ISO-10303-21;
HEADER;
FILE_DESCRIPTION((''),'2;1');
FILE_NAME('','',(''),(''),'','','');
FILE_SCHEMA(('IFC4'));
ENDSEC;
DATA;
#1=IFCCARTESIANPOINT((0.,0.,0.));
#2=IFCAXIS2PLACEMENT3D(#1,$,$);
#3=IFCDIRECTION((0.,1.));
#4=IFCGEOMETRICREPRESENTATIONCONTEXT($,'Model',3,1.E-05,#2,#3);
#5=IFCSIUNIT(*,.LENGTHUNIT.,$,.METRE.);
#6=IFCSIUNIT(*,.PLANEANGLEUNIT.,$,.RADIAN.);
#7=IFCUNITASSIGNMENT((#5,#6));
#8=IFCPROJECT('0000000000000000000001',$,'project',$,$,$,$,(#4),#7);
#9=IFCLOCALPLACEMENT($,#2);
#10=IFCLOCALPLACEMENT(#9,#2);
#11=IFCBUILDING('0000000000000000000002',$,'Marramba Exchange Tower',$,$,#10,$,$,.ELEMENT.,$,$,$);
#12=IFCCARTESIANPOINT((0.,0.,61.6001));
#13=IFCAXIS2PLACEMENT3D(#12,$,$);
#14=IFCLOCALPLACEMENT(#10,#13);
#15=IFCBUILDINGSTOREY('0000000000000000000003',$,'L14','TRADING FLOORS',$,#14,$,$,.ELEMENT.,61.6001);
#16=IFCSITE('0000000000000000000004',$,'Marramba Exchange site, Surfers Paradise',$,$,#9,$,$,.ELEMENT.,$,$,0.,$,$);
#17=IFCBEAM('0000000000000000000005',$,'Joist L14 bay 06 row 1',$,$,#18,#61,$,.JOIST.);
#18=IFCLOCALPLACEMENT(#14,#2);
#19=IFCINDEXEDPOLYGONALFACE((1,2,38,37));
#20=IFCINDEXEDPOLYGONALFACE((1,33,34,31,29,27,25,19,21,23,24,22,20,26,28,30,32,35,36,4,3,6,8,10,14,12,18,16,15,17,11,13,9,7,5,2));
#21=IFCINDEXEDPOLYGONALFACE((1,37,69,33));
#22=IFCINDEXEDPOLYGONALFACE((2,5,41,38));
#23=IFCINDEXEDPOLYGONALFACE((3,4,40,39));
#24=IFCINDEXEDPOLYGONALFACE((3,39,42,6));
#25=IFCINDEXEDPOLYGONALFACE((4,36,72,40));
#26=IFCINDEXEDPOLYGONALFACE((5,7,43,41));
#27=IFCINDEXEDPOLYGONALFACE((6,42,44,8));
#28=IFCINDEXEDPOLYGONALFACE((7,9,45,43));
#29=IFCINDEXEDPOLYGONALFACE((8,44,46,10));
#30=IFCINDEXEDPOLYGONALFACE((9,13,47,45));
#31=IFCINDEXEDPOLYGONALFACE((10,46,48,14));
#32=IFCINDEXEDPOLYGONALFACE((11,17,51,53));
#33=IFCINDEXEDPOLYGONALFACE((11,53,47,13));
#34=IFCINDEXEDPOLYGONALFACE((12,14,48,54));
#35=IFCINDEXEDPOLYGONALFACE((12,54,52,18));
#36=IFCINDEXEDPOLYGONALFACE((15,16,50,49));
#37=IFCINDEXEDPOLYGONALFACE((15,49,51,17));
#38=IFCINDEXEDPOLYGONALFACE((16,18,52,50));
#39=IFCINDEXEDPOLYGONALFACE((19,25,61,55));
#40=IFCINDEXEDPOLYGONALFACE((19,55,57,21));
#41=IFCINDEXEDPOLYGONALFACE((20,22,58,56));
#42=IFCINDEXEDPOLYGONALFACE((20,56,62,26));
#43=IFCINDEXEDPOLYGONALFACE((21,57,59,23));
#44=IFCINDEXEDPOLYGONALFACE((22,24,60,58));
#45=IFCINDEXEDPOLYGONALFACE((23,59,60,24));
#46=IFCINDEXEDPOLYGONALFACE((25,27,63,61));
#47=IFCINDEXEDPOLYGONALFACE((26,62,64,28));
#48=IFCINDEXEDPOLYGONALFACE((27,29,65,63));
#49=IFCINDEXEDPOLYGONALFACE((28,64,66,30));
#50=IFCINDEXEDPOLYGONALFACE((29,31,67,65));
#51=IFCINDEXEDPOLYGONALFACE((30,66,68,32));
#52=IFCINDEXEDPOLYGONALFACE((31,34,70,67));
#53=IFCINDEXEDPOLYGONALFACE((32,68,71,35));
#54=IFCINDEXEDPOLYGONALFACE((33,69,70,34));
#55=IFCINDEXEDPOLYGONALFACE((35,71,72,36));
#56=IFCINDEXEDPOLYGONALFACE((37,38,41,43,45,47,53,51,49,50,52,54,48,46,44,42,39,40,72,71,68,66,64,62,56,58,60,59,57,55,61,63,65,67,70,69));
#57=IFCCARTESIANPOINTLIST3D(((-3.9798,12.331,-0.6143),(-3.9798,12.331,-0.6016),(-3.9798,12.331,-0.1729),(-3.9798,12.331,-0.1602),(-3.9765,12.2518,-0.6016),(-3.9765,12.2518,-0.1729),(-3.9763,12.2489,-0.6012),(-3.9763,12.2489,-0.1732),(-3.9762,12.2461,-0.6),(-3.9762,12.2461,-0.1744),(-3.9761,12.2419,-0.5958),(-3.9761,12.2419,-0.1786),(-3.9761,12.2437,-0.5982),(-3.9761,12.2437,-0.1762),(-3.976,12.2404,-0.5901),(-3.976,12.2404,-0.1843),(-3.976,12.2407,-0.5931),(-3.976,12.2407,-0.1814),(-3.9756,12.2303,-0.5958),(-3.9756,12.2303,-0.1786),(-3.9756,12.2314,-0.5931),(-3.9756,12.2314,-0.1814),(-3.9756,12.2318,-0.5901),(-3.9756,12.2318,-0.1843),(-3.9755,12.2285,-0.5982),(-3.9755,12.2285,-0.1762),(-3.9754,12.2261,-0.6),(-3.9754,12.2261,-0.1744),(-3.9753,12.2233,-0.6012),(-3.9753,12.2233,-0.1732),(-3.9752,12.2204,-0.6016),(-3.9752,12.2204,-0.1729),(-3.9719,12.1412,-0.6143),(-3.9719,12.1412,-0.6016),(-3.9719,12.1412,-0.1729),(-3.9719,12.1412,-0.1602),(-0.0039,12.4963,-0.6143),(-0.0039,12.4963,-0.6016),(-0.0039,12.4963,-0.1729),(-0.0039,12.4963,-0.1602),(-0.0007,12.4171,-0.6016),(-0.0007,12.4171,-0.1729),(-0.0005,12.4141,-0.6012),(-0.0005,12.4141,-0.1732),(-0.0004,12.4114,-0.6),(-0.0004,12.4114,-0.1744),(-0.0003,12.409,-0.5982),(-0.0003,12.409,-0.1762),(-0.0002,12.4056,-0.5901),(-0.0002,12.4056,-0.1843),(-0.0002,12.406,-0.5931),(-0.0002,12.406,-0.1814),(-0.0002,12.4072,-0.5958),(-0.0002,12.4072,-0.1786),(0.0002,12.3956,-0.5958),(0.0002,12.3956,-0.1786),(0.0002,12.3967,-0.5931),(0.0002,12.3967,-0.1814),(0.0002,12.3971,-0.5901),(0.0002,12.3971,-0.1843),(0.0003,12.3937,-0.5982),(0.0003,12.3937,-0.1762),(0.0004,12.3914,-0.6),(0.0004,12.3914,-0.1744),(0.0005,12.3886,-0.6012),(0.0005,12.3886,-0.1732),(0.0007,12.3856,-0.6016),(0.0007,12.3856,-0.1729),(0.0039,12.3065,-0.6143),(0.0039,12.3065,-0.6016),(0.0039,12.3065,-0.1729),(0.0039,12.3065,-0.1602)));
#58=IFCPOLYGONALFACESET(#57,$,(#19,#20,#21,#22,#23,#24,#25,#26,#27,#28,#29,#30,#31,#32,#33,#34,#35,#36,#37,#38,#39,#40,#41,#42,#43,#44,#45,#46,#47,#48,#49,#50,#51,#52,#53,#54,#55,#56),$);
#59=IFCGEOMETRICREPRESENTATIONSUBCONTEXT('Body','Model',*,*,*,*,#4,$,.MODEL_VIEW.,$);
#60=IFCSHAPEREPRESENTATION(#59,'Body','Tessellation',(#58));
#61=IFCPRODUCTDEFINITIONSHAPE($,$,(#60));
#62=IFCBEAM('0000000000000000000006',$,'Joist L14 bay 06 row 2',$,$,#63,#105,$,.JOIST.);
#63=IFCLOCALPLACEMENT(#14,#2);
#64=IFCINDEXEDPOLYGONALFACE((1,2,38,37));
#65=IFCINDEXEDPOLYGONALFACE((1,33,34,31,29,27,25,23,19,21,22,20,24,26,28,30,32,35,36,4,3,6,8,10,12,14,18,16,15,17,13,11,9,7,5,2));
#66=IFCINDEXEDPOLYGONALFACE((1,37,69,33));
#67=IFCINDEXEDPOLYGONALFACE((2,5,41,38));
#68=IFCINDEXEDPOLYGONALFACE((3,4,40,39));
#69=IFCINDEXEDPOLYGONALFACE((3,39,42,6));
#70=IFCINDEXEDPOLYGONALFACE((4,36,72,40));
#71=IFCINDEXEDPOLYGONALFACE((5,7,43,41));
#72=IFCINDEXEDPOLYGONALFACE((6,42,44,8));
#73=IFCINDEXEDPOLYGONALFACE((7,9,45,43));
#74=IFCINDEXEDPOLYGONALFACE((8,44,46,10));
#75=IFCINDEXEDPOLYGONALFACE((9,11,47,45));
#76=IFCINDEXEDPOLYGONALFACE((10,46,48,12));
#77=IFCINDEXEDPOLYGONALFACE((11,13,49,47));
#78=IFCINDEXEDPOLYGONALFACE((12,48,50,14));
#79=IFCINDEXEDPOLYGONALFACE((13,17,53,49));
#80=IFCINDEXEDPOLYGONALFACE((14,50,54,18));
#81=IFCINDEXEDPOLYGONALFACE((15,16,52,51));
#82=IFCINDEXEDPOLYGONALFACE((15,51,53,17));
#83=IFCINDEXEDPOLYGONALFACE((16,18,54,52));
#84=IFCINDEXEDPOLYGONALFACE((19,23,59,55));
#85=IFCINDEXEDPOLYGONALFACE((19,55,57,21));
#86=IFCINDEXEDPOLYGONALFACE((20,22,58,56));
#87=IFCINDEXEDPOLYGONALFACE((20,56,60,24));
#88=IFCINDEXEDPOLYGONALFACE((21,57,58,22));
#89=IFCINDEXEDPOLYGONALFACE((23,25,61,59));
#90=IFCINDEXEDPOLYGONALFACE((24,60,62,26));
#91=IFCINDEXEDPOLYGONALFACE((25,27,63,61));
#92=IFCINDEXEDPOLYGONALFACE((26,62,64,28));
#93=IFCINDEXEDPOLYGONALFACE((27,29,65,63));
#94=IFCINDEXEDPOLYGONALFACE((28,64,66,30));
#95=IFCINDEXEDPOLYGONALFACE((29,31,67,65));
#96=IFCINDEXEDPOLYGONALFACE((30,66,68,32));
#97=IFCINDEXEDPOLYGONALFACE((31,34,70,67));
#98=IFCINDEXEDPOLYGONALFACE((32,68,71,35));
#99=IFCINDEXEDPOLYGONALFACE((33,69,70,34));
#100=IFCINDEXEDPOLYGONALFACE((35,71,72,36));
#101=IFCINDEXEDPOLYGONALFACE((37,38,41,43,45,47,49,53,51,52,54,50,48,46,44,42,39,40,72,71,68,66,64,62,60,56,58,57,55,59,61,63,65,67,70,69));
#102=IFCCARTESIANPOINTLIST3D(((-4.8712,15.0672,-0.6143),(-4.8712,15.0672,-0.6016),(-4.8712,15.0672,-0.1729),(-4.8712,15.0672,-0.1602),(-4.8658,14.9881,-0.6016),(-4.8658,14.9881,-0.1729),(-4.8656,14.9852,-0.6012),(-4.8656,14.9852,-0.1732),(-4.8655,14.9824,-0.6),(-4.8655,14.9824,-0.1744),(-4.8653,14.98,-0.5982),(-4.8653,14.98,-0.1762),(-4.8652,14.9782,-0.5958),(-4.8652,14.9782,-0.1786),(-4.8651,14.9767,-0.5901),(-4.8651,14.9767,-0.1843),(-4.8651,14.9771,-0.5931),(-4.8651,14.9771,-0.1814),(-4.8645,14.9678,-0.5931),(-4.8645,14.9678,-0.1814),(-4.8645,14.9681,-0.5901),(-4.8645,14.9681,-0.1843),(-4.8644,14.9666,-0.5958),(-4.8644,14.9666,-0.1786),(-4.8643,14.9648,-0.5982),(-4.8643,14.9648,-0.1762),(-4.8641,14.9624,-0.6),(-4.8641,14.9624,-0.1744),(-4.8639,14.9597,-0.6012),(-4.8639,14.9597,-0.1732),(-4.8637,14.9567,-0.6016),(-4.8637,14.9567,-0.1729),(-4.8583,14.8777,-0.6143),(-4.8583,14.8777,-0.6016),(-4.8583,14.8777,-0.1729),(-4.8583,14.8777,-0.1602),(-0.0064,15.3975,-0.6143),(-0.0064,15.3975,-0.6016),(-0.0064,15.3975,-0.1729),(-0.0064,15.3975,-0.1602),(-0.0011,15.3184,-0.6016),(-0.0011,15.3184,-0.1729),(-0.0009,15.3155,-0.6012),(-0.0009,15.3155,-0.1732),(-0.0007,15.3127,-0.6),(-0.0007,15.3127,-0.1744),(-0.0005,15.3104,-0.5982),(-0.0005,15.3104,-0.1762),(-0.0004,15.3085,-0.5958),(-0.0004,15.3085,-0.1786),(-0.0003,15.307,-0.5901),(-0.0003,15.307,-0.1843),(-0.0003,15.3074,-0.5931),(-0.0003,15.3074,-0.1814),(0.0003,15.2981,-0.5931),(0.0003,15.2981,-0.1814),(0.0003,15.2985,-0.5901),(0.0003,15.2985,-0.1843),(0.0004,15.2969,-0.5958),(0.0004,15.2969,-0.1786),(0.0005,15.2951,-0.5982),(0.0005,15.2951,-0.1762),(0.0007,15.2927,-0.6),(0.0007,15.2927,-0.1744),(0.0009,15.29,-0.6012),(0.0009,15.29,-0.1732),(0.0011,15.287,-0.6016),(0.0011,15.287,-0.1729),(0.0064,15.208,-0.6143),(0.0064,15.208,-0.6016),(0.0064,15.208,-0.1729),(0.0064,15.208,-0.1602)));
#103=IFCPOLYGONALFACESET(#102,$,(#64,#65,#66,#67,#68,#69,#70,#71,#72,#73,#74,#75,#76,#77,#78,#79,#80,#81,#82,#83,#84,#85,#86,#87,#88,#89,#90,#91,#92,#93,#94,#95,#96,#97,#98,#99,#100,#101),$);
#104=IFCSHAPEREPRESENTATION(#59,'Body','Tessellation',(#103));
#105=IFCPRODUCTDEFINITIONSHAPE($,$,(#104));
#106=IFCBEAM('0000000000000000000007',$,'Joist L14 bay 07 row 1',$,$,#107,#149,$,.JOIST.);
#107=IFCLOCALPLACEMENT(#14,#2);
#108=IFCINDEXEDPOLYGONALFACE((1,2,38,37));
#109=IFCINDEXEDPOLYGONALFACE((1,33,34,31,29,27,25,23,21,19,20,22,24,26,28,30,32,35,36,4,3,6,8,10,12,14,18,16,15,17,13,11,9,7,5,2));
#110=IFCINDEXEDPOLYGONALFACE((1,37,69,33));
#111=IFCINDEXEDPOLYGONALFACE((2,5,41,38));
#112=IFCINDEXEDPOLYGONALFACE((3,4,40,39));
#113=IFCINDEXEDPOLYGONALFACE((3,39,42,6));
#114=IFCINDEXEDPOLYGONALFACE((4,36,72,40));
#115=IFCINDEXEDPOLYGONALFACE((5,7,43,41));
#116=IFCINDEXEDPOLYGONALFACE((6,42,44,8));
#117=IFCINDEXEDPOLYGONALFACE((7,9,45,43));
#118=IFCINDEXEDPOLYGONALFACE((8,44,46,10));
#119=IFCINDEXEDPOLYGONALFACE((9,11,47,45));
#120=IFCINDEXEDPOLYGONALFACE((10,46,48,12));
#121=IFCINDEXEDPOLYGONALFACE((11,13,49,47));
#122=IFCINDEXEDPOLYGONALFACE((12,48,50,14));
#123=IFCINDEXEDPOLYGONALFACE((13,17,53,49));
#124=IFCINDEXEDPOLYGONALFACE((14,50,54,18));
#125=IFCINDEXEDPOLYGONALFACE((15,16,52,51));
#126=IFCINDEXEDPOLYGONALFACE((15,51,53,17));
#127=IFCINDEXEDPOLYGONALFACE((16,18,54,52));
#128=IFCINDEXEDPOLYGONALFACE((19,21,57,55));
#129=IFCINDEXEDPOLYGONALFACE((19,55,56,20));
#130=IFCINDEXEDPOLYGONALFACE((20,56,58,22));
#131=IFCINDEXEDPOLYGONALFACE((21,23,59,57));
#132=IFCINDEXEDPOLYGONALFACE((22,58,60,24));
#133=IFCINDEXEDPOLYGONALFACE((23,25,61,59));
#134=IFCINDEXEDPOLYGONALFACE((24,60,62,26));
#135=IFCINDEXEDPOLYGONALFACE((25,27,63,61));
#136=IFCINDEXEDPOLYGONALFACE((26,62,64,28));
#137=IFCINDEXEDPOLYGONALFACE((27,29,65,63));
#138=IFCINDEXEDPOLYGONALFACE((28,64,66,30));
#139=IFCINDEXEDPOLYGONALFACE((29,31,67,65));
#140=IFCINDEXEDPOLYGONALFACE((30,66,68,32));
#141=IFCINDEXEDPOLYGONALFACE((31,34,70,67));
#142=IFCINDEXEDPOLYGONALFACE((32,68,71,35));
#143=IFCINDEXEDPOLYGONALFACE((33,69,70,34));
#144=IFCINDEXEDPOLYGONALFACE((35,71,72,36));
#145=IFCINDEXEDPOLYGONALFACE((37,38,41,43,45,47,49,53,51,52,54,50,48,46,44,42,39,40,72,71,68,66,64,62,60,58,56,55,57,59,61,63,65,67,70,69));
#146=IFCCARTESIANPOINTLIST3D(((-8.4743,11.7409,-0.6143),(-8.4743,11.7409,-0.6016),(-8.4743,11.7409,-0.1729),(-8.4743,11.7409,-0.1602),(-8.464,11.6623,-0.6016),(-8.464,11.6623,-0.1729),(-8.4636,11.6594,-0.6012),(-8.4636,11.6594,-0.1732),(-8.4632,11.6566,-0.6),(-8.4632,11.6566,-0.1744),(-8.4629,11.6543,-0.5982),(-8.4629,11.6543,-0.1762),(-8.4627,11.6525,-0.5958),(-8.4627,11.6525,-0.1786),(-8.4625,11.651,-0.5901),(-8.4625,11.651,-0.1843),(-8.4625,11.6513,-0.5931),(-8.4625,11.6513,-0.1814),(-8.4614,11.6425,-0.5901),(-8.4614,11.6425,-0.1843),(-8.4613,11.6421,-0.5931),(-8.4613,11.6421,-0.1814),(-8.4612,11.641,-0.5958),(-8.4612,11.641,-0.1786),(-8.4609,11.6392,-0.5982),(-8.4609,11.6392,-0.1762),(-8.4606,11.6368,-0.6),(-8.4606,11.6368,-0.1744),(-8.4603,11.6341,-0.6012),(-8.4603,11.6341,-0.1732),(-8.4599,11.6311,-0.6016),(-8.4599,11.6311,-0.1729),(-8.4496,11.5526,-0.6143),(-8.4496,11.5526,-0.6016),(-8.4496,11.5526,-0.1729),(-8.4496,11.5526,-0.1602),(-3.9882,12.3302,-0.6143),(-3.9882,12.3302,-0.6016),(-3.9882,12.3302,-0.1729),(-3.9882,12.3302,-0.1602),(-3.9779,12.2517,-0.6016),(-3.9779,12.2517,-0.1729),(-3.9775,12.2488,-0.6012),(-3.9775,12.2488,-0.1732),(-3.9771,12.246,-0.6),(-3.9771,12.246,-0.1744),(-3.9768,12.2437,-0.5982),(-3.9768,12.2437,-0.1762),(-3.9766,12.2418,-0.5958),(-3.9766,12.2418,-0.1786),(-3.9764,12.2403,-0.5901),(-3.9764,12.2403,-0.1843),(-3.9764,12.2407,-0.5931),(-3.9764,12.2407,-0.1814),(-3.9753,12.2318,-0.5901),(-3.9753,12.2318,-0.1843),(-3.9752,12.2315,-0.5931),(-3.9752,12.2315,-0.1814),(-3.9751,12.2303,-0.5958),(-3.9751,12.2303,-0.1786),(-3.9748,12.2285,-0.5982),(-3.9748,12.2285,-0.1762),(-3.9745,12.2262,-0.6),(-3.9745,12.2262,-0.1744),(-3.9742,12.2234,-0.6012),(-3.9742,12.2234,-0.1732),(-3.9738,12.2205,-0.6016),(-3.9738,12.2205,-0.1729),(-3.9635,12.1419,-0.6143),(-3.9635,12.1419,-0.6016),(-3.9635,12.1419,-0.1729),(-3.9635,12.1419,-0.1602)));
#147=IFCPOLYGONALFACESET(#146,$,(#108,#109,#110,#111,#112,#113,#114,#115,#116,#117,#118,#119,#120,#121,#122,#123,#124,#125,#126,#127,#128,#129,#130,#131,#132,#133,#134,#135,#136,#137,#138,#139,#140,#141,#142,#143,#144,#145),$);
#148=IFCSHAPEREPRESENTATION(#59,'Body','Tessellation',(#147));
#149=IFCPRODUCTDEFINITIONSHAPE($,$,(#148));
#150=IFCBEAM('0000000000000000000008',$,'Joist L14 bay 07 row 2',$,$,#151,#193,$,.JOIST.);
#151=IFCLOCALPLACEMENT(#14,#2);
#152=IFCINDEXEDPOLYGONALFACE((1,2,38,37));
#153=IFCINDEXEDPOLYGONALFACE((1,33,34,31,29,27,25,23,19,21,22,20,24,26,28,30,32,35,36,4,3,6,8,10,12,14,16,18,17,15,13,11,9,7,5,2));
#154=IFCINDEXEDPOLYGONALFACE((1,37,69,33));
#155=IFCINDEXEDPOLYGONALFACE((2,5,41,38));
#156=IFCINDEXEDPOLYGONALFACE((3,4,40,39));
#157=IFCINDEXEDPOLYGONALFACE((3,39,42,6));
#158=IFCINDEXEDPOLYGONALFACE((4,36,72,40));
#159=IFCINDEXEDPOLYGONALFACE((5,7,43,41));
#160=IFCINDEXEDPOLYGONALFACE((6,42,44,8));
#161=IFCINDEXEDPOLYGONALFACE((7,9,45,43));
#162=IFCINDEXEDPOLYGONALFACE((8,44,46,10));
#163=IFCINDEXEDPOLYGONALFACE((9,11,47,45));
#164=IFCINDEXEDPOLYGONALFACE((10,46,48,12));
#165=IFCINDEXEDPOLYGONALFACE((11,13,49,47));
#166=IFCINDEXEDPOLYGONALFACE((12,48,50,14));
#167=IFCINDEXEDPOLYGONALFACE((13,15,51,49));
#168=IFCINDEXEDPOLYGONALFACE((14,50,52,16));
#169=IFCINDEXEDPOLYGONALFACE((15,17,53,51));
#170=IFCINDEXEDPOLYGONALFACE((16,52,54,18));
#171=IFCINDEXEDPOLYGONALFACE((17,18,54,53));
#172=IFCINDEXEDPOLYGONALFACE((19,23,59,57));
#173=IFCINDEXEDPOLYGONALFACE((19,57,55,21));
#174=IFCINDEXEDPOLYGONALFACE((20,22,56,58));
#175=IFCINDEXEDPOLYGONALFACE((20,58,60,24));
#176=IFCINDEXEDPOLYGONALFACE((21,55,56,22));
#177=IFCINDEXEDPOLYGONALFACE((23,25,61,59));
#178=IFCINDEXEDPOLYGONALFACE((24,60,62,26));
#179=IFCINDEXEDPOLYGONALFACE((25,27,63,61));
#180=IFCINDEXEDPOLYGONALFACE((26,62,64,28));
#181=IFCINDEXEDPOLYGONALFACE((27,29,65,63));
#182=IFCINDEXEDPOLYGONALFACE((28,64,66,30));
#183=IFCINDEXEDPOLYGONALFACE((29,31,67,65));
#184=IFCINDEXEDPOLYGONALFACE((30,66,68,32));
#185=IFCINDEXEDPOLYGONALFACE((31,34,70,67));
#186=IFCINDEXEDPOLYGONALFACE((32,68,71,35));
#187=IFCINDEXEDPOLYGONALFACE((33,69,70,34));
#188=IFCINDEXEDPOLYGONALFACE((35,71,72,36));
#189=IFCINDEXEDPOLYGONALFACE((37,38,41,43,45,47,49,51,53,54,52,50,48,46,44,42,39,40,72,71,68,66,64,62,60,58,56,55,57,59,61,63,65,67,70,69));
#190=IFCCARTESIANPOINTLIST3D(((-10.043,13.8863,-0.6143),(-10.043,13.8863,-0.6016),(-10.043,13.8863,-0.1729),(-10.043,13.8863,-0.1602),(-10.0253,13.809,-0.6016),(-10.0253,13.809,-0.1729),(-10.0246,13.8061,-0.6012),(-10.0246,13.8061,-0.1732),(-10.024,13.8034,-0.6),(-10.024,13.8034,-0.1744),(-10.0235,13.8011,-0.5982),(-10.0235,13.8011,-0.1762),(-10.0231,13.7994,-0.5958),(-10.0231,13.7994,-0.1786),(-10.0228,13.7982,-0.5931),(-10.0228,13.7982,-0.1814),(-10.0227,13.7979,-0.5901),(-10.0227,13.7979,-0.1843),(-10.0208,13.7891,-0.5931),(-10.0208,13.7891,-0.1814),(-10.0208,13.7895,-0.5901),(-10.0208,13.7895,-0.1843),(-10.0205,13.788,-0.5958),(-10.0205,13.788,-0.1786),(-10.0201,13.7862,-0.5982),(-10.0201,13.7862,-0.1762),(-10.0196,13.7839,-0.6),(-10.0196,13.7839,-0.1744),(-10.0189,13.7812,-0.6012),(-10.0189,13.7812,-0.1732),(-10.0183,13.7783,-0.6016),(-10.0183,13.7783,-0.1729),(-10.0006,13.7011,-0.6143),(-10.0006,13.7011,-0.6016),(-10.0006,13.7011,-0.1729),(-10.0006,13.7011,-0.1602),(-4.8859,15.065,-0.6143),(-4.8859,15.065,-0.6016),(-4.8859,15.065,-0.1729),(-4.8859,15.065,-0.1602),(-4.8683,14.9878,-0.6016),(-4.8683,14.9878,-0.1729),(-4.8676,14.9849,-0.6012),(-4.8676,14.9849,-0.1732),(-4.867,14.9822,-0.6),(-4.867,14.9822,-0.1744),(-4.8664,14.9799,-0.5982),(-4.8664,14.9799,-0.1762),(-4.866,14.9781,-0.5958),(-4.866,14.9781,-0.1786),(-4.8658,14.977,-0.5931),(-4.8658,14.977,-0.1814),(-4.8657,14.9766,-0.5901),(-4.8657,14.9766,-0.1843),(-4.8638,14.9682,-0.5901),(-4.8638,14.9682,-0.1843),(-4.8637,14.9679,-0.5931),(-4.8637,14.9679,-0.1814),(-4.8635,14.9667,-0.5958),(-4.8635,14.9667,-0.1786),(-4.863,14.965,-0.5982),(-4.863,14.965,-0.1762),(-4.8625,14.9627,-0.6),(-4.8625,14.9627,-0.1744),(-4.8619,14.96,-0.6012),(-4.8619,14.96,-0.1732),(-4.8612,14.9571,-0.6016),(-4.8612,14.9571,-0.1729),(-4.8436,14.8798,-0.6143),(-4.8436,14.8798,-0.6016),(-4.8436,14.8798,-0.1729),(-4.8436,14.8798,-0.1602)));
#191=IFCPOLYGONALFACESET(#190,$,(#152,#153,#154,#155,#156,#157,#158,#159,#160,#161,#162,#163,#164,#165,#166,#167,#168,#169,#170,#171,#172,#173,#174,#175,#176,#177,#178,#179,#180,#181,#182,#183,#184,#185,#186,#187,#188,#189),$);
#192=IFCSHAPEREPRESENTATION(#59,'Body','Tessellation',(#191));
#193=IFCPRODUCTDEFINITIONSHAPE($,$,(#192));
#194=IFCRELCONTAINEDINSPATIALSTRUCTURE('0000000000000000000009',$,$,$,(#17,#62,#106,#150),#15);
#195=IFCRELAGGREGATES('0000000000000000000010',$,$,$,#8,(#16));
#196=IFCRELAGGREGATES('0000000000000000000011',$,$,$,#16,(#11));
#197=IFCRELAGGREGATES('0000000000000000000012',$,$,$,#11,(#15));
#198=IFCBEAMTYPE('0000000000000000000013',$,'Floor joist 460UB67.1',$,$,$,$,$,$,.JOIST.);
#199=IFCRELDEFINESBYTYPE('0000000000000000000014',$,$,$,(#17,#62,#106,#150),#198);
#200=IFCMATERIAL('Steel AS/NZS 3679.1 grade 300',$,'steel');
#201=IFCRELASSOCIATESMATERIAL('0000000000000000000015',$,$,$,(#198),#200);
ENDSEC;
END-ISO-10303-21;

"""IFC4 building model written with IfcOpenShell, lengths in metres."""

from ifc_helpers import new_model, si_unit, direction, frame, origin, origin_2d, place, context, subcontext, project, spatial, i_section, extrude, material, material_profile, profile_set, type_object, element, save


model = new_model("IFC4")

# Units and contexts
model_context = context("Model", 3, precision=1e-05, world=origin(), true_north=direction((0.0, 1.0)))
body_context = subcontext(model_context, "Body", "Model", "MODEL_VIEW")
ifc_project = project(units=[si_unit("LENGTHUNIT", "METRE"), si_unit("PLANEANGLEUNIT", "RADIAN")], contexts=[model_context])

# Site, building, storey
site_placement = place(None, origin())
site = spatial("IfcSite", under=ifc_project, at=site_placement, Name="Marramba Exchange site, Surfers Paradise", CompositionType="ELEMENT", RefElevation=0.0)
building_placement = place(site_placement, origin())
building = spatial("IfcBuilding", under=site, at=building_placement, Name="Marramba Exchange Tower", CompositionType="ELEMENT")
storey_placement = place(building_placement, frame((0.0, 0.0, 61.6001)))
storey = spatial("IfcBuildingStorey", under=building, at=storey_placement, Name="L14", Description="TRADING FLOORS", CompositionType="ELEMENT", Elevation=61.6001)

# Beams
ifc_material_1 = material(Name="Steel AS/NZS 3679.1 grade 300", Category="steel")
ifc_material_profile_1 = material_profile(ifc_material_1, i_section(OverallWidth=0.1899, OverallDepth=0.4541, WebThickness=0.0085, FlangeThickness=0.0127, FilletRadius=0.0115, at=origin_2d()), Name="460UB67.1")
ifc_profile_set_1 = profile_set([ifc_material_profile_1], Name="Steel AS/NZS 3679.1 grade 300")
beam_type_1 = type_object("IfcBeamType", Name="Floor joist 460UB67.1", PredefinedType="JOIST", material=ifc_profile_set_1)
beam_1_placement = place(storey_placement, frame((0.0, 12.4014, -0.3872), z_axis=(-0.999137, -0.041536, 0.0), x_axis=(0.041536, -0.999137, 0.0)))
element("IfcBeam", 1, at=beam_1_placement, inside=storey, type_object=beam_type_1, Name="Joist L14 bay 06 row 1", PredefinedType="JOIST", context=body_context, shape_type="SweptSolid", body=[
    extrude(i_section(OverallWidth=0.1899, OverallDepth=0.4541, WebThickness=0.0085, FlangeThickness=0.0127, FilletRadius=0.0115, at=origin_2d()), origin(), (0.0, 0.0, 1.0), 3.9792),
])
beam_2_placement = place(storey_placement, frame((0.0, 15.3027, -0.3872), z_axis=(-0.997703, -0.067745, 0.0), x_axis=(0.067745, -0.997703, 0.0)))
element("IfcBeam", 2, at=beam_2_placement, inside=storey, type_object=beam_type_1, Name="Joist L14 bay 06 row 2", PredefinedType="JOIST", context=body_context, shape_type="SweptSolid", body=[
    extrude(i_section(OverallWidth=0.1899, OverallDepth=0.4541, WebThickness=0.0085, FlangeThickness=0.0127, FilletRadius=0.0115, at=origin_2d()), origin(), (0.0, 0.0, 1.0), 4.876),
])
beam_3_placement = place(storey_placement, frame((-3.9758, 12.2361, -0.3872), z_axis=(-0.991481, -0.130255, 0.0), x_axis=(0.130255, -0.991481, 0.0)))
element("IfcBeam", 3, at=beam_3_placement, inside=storey, type_object=beam_type_1, Name="Joist L14 bay 07 row 1", PredefinedType="JOIST", context=body_context, shape_type="SweptSolid", body=[
    extrude(i_section(OverallWidth=0.1899, OverallDepth=0.4541, WebThickness=0.0085, FlangeThickness=0.0127, FilletRadius=0.0115, at=origin_2d()), origin(), (0.0, 0.0, 1.0), 4.5247),
])
beam_4_placement = place(storey_placement, frame((-4.8647, 14.9724, -0.3872), z_axis=(-0.97486, -0.22282, 0.0), x_axis=(0.22282, -0.97486, 0.0)))
element("IfcBeam", 4, at=beam_4_placement, inside=storey, type_object=beam_type_1, Name="Joist L14 bay 07 row 2", PredefinedType="JOIST", context=body_context, shape_type="SweptSolid", body=[
    extrude(i_section(OverallWidth=0.1899, OverallDepth=0.4541, WebThickness=0.0085, FlangeThickness=0.0127, FilletRadius=0.0115, at=origin_2d()), origin(), (0.0, 0.0, 1.0), 5.29),
])

save(model, "model.ifc")
